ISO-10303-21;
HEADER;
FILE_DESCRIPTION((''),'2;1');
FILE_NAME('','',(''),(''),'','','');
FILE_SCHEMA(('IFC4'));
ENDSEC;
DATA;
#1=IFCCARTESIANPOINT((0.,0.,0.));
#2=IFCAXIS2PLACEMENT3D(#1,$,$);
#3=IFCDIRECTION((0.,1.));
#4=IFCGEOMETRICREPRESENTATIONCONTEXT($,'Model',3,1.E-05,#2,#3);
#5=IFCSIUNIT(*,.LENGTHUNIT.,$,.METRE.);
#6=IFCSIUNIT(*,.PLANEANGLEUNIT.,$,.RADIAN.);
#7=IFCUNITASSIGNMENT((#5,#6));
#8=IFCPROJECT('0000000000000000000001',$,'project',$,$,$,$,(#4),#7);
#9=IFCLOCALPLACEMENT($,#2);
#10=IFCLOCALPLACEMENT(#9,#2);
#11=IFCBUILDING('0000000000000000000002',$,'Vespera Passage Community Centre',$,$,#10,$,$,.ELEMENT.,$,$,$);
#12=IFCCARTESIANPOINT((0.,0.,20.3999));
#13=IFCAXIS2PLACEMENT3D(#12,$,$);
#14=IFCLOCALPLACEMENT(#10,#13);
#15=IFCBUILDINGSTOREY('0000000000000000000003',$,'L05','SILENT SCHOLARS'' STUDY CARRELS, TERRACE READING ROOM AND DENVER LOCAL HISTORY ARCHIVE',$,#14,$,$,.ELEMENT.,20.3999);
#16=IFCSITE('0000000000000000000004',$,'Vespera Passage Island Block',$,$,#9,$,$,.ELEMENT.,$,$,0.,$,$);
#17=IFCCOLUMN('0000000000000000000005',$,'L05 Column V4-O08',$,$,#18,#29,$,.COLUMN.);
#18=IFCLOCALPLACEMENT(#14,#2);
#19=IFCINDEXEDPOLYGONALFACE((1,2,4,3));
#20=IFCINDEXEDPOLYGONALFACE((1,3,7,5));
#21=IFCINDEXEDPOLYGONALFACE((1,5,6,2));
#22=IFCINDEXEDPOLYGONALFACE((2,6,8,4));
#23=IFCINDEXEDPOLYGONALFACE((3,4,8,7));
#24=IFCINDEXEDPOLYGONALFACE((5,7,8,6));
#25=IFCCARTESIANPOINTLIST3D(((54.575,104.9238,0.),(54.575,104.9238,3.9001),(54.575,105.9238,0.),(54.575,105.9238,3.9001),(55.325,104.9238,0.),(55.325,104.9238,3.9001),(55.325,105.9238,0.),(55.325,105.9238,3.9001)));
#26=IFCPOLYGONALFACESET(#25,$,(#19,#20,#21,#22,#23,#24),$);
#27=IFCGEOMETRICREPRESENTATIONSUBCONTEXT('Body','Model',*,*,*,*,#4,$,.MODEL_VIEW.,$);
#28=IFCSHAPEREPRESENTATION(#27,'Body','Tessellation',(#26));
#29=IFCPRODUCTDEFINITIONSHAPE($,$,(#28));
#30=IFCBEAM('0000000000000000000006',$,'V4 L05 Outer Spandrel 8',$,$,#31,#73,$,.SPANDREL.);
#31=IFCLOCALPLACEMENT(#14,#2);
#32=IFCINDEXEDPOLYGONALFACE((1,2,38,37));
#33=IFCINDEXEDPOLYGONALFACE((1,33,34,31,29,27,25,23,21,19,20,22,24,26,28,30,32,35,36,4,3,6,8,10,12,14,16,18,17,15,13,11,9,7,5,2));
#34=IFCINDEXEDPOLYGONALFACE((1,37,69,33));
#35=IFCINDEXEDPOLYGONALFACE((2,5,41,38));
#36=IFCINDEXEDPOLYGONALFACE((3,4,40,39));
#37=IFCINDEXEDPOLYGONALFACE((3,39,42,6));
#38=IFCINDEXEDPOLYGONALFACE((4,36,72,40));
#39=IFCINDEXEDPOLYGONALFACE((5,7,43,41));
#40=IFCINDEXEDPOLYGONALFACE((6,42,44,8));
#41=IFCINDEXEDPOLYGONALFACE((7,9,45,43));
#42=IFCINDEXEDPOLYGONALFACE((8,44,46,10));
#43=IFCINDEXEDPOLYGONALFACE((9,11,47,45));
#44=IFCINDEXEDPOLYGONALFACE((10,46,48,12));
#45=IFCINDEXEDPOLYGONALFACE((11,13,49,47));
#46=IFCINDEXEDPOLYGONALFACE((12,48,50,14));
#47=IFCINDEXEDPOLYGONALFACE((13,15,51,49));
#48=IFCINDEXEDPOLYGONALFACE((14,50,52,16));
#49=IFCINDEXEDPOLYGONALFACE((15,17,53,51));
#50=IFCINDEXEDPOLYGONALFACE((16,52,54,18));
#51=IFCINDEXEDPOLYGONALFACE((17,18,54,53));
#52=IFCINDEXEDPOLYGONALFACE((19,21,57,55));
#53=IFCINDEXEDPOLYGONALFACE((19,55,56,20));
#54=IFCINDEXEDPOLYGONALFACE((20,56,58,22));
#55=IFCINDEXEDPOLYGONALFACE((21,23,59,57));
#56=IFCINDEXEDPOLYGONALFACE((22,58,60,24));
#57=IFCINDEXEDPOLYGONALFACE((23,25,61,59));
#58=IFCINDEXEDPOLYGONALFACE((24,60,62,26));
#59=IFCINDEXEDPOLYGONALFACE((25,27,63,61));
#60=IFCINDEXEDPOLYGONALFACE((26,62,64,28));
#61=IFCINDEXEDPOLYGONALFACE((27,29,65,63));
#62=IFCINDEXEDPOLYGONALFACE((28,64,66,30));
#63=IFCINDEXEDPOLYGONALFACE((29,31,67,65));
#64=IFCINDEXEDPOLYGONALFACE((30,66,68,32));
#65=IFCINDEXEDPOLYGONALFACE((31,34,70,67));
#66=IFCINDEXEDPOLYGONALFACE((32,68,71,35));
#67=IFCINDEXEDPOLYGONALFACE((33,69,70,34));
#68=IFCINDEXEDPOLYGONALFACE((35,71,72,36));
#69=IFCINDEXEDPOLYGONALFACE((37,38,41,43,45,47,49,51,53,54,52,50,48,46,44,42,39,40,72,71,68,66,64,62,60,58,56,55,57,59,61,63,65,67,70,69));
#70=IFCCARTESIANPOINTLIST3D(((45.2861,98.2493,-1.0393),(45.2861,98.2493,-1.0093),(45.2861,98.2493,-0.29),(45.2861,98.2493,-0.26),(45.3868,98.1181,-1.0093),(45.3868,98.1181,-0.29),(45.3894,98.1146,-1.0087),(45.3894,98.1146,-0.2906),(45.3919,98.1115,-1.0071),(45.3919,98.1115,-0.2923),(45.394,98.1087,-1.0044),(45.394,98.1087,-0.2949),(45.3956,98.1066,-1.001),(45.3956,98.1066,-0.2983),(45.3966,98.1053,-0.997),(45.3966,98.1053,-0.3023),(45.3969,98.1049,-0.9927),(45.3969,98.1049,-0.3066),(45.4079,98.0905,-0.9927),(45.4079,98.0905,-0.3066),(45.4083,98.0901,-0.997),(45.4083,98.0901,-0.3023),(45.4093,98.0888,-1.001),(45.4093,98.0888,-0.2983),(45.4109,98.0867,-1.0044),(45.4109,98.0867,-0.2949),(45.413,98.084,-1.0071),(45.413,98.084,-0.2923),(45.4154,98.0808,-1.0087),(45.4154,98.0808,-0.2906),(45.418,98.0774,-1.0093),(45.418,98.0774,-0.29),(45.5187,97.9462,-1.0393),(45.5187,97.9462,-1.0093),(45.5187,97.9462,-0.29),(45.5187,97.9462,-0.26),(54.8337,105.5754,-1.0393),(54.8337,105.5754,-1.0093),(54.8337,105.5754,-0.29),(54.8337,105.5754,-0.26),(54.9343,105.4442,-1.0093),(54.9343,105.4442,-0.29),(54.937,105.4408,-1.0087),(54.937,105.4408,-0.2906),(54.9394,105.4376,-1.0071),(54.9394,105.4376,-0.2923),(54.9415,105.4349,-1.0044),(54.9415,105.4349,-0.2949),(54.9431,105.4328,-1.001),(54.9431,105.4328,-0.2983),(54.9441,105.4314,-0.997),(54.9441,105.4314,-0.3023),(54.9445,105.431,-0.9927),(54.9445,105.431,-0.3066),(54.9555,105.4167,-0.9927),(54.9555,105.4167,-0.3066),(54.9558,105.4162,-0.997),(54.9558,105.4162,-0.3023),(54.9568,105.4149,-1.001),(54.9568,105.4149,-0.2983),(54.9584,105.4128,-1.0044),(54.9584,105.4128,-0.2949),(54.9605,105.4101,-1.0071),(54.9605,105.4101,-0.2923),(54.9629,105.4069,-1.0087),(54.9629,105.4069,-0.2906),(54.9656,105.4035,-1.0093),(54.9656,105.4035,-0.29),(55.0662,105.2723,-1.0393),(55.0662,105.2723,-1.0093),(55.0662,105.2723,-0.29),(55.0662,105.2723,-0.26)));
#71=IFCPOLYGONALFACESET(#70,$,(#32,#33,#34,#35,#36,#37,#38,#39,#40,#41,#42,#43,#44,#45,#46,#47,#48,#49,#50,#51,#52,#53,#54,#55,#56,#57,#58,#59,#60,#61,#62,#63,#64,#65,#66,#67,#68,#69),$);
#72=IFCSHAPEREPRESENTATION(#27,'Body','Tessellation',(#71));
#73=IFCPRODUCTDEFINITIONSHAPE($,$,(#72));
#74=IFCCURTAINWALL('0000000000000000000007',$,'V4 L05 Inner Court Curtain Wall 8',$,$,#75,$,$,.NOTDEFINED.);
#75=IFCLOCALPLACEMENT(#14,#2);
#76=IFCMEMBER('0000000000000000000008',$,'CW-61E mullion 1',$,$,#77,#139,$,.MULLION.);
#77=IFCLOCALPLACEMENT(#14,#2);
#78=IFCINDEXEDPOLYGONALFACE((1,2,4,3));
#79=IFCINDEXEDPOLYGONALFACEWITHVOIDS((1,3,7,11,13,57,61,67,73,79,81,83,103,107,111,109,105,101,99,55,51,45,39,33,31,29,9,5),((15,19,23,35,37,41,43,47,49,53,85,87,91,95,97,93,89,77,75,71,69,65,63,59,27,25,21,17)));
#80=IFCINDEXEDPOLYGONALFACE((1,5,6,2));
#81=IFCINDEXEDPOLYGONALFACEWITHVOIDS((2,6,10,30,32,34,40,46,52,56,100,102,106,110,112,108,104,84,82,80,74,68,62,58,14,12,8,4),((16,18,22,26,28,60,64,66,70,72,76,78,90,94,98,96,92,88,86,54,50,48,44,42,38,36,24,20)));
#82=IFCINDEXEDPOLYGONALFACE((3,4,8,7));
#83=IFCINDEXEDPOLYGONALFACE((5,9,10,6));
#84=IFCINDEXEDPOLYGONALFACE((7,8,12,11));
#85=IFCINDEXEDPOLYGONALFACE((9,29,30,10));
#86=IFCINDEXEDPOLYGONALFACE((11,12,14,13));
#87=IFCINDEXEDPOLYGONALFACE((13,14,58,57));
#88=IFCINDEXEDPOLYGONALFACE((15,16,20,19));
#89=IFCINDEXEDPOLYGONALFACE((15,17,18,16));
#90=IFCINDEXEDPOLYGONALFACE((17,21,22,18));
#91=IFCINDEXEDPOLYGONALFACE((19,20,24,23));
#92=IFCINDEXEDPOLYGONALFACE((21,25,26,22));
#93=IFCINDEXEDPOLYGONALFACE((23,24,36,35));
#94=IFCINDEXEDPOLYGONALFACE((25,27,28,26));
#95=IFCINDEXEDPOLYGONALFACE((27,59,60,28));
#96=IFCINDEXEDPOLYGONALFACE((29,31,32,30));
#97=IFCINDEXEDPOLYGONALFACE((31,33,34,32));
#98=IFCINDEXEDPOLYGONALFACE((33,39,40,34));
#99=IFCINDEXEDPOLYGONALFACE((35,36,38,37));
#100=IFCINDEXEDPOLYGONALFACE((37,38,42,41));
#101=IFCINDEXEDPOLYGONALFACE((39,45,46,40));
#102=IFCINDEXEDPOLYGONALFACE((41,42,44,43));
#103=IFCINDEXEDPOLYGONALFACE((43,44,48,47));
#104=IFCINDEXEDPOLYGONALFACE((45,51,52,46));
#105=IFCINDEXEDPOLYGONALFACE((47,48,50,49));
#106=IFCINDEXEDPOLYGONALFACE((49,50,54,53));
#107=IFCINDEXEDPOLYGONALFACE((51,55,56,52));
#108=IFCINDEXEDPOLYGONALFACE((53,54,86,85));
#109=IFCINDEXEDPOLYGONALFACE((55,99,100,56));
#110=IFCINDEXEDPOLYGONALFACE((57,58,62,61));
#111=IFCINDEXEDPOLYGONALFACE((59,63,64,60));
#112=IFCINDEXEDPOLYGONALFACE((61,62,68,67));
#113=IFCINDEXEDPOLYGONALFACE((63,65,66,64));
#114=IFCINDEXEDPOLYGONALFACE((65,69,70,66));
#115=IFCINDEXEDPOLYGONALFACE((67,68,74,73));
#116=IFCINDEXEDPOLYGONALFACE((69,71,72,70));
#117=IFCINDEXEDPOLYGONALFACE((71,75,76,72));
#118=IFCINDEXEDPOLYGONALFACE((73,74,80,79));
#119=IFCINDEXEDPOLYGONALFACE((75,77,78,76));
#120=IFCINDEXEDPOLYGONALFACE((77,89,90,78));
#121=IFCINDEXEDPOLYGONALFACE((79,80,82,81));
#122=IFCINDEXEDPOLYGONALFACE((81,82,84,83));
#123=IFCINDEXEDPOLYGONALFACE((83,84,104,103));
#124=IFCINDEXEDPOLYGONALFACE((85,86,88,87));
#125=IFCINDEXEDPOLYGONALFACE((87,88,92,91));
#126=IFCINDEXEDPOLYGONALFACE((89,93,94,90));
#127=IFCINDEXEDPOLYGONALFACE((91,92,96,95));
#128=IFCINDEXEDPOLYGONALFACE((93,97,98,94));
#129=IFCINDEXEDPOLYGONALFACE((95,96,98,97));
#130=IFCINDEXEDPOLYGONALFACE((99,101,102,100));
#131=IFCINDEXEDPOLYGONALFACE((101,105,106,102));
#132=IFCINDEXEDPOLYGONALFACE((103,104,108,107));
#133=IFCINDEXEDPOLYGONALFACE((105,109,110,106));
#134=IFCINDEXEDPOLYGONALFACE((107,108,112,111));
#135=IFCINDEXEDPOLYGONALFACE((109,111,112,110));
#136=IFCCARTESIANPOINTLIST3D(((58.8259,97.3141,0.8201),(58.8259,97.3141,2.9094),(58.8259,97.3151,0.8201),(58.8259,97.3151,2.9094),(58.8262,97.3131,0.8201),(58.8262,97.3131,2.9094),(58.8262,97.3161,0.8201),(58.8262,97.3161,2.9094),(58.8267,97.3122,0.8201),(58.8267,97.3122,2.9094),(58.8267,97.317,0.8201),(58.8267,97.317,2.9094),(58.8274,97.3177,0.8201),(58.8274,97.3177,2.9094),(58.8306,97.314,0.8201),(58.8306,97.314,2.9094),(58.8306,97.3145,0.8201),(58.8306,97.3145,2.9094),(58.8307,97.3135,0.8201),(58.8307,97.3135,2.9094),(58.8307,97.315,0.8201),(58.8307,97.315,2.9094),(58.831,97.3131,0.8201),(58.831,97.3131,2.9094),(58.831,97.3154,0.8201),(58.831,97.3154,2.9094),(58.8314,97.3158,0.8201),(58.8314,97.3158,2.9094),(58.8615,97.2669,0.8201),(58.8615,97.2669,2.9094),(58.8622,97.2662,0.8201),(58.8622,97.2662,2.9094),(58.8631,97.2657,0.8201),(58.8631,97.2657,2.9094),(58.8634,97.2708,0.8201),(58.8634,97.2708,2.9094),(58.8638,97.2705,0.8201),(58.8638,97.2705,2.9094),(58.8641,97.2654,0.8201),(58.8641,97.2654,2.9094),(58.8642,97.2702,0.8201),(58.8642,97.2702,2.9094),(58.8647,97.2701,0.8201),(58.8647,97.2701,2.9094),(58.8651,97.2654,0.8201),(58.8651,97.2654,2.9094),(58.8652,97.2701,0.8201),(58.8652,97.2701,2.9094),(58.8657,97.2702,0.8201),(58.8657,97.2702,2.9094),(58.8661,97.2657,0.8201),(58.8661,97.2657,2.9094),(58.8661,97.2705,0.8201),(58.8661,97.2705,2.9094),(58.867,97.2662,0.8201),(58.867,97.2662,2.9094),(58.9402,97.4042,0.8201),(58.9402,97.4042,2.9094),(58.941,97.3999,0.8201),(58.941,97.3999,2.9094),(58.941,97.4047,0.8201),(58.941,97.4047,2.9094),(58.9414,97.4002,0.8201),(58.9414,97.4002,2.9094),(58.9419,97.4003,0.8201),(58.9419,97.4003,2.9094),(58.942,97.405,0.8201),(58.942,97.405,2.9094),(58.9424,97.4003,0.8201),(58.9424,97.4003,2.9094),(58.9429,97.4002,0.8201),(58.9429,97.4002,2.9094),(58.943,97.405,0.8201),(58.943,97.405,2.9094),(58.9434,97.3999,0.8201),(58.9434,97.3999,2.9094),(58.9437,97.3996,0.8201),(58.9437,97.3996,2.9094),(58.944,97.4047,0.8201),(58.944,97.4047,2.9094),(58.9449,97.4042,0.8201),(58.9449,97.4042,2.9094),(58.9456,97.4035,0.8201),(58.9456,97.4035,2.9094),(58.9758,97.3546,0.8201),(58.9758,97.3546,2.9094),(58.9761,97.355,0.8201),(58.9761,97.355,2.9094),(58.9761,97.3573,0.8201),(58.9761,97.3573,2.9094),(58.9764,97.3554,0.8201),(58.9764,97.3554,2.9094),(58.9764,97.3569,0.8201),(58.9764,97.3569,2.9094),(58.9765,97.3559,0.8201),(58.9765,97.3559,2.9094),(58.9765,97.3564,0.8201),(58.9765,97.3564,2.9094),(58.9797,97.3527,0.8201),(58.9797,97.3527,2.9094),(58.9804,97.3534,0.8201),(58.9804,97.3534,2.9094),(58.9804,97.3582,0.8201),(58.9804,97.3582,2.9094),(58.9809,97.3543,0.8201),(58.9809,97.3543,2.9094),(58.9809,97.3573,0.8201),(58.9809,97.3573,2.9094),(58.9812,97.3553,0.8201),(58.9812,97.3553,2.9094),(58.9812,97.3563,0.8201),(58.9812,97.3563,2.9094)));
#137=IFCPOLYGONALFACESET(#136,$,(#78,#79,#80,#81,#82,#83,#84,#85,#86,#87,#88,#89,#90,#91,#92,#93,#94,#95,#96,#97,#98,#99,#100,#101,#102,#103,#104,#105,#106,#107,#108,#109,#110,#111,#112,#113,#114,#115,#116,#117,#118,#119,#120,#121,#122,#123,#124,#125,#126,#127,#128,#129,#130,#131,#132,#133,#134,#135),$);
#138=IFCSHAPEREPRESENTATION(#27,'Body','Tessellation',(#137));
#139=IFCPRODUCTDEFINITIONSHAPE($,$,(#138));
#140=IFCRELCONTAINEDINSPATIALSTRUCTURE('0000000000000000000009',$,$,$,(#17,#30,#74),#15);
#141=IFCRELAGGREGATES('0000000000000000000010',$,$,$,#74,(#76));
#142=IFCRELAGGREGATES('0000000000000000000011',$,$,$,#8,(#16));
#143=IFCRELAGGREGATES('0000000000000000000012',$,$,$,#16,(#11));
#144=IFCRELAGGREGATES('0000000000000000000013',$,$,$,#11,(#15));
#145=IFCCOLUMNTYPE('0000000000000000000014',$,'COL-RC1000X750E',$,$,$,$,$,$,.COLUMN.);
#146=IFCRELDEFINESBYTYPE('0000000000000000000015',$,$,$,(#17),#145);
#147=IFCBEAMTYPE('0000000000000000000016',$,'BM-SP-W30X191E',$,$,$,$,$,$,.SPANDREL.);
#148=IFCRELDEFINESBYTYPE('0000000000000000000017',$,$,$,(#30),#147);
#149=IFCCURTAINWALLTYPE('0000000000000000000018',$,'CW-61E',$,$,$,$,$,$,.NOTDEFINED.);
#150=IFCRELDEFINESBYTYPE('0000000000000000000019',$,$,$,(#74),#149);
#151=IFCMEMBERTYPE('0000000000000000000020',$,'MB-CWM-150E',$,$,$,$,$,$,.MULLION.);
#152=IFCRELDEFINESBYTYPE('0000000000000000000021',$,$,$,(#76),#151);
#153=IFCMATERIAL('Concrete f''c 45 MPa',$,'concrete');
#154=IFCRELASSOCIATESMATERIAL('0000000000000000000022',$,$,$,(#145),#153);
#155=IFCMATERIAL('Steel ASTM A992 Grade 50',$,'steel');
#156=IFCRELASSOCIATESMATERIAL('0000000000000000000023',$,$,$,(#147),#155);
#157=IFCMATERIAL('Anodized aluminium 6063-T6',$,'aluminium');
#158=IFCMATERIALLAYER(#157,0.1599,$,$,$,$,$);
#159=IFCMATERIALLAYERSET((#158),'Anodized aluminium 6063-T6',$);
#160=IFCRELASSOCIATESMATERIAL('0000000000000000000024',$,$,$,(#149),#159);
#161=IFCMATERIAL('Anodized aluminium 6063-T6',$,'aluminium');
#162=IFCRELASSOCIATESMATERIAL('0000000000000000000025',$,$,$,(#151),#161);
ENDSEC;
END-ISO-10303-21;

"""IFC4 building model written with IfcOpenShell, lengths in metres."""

from ifc_helpers import new_model, si_unit, direction, frame, origin, origin_2d, place, context, subcontext, project, spatial, rectangle, hollow_rectangle, i_section, extrude, material, layer, layer_set, material_profile, profile_set, type_object, element, aggregate, save


model = new_model("IFC4")

# Units and contexts
model_context = context("Model", 3, precision=1e-05, world=origin(), true_north=direction((0.0, 1.0)))
body_context = subcontext(model_context, "Body", "Model", "MODEL_VIEW")
ifc_project = project(units=[si_unit("LENGTHUNIT", "METRE"), si_unit("PLANEANGLEUNIT", "RADIAN")], contexts=[model_context])

# Site, building, storey
site_placement = place(None, origin())
site = spatial("IfcSite", under=ifc_project, at=site_placement, Name="Vespera Passage Island Block", CompositionType="ELEMENT", RefElevation=0.0)
building_placement = place(site_placement, origin())
building = spatial("IfcBuilding", under=site, at=building_placement, Name="Vespera Passage Community Centre", CompositionType="ELEMENT")
storey_placement = place(building_placement, frame((0.0, 0.0, 20.3999)))
storey = spatial("IfcBuildingStorey", under=building, at=storey_placement, Name="L05", Description="SILENT SCHOLARS' STUDY CARRELS, TERRACE READING ROOM AND DENVER LOCAL HISTORY ARCHIVE", CompositionType="ELEMENT", Elevation=20.3999)

# Column
ifc_material_1 = material(Name="Concrete f'c 45 MPa", Category="concrete")
ifc_material_profile_1 = material_profile(ifc_material_1, rectangle(XDim=0.75, YDim=1.0, at=origin_2d()), Name="RC1000X750")
ifc_profile_set_1 = profile_set([ifc_material_profile_1], Name="Concrete f'c 45 MPa")
column_type = type_object("IfcColumnType", Name="COL-RC1000X750E", PredefinedType="COLUMN", material=ifc_profile_set_1)
column_placement = place(storey_placement, frame((54.95, 105.4238, 0.0), z_axis=(0.0, 0.0, 1.0), x_axis=(1.0, 0.0, 0.0)))
element("IfcColumn", 1, at=column_placement, inside=storey, type_object=column_type, Name="L05 Column V4-O08", PredefinedType="COLUMN", context=body_context, shape_type="SweptSolid", body=[
    extrude(rectangle(XDim=0.75, YDim=1.0, at=origin_2d()), origin(), (0.0, 0.0, 1.0), 3.9001),
])

# Beam
ifc_material_2 = material(Name="Steel ASTM A992 Grade 50", Category="steel")
ifc_material_profile_2 = material_profile(ifc_material_2, i_section(OverallWidth=0.3821, OverallDepth=0.7793, WebThickness=0.0181, FlangeThickness=0.03, FilletRadius=0.0166, at=origin_2d()), Name="W30X191")
ifc_profile_set_2 = profile_set([ifc_material_profile_2], Name="Steel ASTM A992 Grade 50")
beam_type = type_object("IfcBeamType", Name="BM-SP-W30X191E", PredefinedType="SPANDREL", material=ifc_profile_set_2)
beam_placement = place(storey_placement, frame((54.95, 105.4238, -0.6497), z_axis=(-0.793352, -0.608763, 0.0), x_axis=(0.608763, -0.793352, 0.0)))
element("IfcBeam", 2, at=beam_placement, inside=storey, type_object=beam_type, Name="V4 L05 Outer Spandrel 8", PredefinedType="SPANDREL", context=body_context, shape_type="SweptSolid", body=[
    extrude(i_section(OverallWidth=0.3821, OverallDepth=0.7793, WebThickness=0.0181, FlangeThickness=0.03, FilletRadius=0.0166, at=origin_2d()), origin(), (0.0, 0.0, 1.0), 12.0344),
])

# Curtain wall, member
ifc_material_3 = material(Name="Anodized aluminium 6063-T6", Category="aluminium")
ifc_layer_1 = layer(ifc_material_3, 0.1599)
ifc_layer_set_1 = layer_set([ifc_layer_1], Name="Anodized aluminium 6063-T6")
curtain_wall_type_1 = type_object("IfcCurtainWallType", Name="CW-61E", PredefinedType="NOTDEFINED", material=ifc_layer_set_1)
curtain_wall_1_placement = place(storey_placement, origin())
curtain_wall_1 = element("IfcCurtainWall", 3, at=curtain_wall_1_placement, inside=storey, type_object=curtain_wall_type_1, Name="V4 L05 Inner Court Curtain Wall 8", PredefinedType="NOTDEFINED")
ifc_material_4 = material(Name="Anodized aluminium 6063-T6", Category="aluminium")
ifc_material_profile_3 = material_profile(ifc_material_4, hollow_rectangle(XDim=0.0649, YDim=0.1499, WallThickness=0.0039, InnerFilletRadius=0.002, OuterFilletRadius=0.0039, at=origin_2d()), Name="ALU150X65X4")
ifc_profile_set_3 = profile_set([ifc_material_profile_3], Name="Anodized aluminium 6063-T6")
member_type_1 = type_object("IfcMemberType", Name="MB-CWM-150E", PredefinedType="MULLION", material=ifc_profile_set_3)
member_1_placement = place(storey_placement, frame((58.9036, 97.3352, 0.8201), z_axis=(0.0, 0.0, 1.0), x_axis=(0.608755, -0.793358, 0.0)))
member_1 = element("IfcMember", 4, at=member_1_placement, type_object=member_type_1, Name="CW-61E mullion 1", PredefinedType="MULLION", context=body_context, shape_type="SweptSolid", body=[
    extrude(hollow_rectangle(XDim=0.0649, YDim=0.1499, WallThickness=0.0039, InnerFilletRadius=0.002, OuterFilletRadius=0.0039, at=origin_2d()), origin(), (0.0, 0.0, 1.0), 2.0894),
])

aggregate(curtain_wall_1, [member_1])

save(model, "model.ifc")
